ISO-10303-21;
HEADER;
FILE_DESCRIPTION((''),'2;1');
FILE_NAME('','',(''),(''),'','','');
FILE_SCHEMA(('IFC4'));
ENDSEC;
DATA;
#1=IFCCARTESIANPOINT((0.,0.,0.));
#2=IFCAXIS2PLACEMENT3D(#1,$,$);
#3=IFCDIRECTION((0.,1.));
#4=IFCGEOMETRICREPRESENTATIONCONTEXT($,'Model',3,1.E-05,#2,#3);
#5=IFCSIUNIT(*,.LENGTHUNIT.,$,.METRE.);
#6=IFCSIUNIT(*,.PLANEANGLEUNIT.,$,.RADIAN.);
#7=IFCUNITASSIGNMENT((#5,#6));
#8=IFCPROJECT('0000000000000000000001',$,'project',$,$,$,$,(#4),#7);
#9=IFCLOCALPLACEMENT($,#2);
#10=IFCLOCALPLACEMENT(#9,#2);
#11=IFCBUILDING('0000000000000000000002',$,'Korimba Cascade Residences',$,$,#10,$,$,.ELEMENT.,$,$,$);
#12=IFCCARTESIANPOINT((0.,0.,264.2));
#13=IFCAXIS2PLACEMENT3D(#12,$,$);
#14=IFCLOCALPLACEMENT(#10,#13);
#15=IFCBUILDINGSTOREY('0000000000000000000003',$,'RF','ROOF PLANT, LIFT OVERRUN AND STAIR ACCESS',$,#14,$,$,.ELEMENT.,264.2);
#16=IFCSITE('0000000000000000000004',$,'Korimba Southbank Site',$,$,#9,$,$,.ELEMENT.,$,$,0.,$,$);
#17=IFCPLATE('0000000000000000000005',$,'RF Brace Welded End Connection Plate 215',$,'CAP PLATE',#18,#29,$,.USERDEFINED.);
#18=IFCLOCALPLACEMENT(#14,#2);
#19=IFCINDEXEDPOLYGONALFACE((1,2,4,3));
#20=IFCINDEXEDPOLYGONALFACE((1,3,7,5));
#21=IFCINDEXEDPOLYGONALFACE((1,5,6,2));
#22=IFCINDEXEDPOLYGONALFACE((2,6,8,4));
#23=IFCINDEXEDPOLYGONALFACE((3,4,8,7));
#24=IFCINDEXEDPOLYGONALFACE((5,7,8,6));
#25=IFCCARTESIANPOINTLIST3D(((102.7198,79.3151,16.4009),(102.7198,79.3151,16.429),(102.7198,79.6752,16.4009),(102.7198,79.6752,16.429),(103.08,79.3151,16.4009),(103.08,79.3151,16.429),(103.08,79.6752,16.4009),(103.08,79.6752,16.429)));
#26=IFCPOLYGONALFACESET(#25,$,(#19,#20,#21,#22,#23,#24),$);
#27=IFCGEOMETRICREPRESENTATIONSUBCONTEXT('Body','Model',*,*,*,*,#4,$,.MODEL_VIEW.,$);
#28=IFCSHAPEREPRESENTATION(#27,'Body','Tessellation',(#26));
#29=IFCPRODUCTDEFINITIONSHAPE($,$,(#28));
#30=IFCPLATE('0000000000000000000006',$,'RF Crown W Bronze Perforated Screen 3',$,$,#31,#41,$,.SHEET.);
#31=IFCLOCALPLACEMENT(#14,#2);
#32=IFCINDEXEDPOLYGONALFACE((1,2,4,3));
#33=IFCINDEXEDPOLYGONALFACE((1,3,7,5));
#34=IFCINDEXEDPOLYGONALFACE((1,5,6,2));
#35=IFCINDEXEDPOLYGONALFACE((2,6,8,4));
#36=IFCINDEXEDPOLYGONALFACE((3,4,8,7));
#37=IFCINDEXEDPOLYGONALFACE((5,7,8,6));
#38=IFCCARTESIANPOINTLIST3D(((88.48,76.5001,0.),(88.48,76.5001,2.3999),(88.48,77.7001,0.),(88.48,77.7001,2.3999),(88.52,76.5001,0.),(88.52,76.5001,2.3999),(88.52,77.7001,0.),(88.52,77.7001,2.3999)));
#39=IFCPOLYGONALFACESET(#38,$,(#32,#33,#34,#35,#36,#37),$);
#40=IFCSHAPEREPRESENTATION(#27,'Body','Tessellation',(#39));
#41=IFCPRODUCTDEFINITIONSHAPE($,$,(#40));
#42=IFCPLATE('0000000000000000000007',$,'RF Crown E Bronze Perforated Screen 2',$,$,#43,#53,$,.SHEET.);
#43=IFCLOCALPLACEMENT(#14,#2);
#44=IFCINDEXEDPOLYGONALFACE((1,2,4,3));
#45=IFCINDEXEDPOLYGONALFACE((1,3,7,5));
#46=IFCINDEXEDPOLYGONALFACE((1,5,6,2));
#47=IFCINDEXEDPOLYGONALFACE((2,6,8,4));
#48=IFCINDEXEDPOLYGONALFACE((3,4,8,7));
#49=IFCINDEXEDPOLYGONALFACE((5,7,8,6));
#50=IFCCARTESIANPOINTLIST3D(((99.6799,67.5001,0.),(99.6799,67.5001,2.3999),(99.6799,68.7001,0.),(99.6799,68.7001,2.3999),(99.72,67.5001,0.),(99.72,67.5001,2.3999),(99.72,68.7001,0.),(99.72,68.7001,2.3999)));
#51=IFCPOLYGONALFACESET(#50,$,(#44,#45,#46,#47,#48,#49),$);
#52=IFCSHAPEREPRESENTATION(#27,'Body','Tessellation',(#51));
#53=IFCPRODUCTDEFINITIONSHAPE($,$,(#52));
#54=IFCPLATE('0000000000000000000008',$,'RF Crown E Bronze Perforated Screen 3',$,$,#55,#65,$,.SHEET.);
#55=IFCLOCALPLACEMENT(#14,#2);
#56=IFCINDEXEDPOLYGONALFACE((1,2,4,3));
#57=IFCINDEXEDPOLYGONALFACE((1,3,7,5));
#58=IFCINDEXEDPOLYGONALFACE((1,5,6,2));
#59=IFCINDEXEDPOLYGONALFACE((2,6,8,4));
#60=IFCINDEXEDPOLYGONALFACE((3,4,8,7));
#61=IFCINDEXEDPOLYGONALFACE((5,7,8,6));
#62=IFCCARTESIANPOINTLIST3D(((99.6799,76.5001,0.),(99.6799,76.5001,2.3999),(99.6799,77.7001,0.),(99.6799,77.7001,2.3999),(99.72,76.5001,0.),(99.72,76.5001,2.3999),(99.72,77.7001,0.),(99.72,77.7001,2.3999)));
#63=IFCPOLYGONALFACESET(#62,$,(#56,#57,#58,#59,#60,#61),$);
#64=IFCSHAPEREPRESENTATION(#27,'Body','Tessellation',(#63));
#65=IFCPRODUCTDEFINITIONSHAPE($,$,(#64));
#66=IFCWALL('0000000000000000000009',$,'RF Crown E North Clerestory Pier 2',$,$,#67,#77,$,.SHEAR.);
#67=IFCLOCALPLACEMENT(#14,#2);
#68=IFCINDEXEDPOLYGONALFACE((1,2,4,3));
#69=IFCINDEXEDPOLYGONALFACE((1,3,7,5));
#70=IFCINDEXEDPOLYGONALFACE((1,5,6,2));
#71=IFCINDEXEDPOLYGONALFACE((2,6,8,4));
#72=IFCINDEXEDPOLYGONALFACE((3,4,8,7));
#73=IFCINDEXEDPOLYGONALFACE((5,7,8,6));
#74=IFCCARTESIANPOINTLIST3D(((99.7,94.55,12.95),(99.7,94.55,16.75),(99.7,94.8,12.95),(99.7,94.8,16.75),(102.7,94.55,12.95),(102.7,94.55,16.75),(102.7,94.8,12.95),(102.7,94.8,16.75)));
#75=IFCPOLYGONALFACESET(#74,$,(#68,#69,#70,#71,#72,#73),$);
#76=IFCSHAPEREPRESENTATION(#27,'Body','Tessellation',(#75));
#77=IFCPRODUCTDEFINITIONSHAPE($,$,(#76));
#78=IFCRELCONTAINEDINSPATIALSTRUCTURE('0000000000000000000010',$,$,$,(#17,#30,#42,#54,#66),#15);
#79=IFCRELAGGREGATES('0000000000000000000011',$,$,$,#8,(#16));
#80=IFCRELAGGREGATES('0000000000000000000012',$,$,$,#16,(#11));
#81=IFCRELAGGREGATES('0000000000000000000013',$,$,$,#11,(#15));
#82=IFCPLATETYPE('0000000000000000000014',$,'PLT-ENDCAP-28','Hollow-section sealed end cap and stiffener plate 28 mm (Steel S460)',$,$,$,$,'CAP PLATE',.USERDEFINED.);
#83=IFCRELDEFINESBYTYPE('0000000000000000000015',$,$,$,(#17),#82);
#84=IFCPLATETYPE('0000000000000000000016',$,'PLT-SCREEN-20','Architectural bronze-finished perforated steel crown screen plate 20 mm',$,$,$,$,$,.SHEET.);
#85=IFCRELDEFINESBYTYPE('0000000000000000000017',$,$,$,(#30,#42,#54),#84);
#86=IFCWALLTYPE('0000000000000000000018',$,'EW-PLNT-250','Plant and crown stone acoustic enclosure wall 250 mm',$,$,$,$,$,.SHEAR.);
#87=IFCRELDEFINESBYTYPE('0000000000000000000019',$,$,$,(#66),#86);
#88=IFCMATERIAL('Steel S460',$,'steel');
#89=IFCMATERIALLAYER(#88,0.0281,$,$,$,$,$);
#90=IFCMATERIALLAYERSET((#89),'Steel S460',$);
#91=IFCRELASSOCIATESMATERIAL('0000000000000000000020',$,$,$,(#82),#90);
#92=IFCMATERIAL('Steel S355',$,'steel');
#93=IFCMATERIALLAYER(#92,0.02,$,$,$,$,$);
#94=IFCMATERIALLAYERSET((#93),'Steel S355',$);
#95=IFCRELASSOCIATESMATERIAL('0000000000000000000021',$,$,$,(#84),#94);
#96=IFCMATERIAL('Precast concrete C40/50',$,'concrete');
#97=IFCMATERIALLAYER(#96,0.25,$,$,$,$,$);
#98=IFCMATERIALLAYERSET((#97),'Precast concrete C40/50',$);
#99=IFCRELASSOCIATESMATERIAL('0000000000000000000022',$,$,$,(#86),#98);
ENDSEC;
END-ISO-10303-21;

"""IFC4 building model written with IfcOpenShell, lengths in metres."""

from ifc_helpers import new_model, si_unit, direction, frame, frame_2d, origin, origin_2d, place, context, subcontext, project, spatial, rectangle, extrude, material, layer, layer_set, type_object, element, save


model = new_model("IFC4")

# Units and contexts
model_context = context("Model", 3, precision=1e-05, world=origin(), true_north=direction((0.0, 1.0)))
body_context = subcontext(model_context, "Body", "Model", "MODEL_VIEW")
ifc_project = project(units=[si_unit("LENGTHUNIT", "METRE"), si_unit("PLANEANGLEUNIT", "RADIAN")], contexts=[model_context])

# Site, building, storey
site_placement = place(None, origin())
site = spatial("IfcSite", under=ifc_project, at=site_placement, Name="Korimba Southbank Site", CompositionType="ELEMENT", RefElevation=0.0)
building_placement = place(site_placement, origin())
building = spatial("IfcBuilding", under=site, at=building_placement, Name="Korimba Cascade Residences", CompositionType="ELEMENT")
storey_placement = place(building_placement, frame((0.0, 0.0, 264.2)))
storey = spatial("IfcBuildingStorey", under=building, at=storey_placement, Name="RF", Description="ROOF PLANT, LIFT OVERRUN AND STAIR ACCESS", CompositionType="ELEMENT", Elevation=264.2)

# Shared definitions
ifc_material_1 = material(Name="Steel S355", Category="steel")

# Plates
ifc_material_2 = material(Name="Steel S460", Category="steel")
ifc_layer_1 = layer(ifc_material_2, 0.0281)
ifc_layer_set_1 = layer_set([ifc_layer_1], Name="Steel S460")
plate_type_1 = type_object("IfcPlateType", Name="PLT-ENDCAP-28", Description="Hollow-section sealed end cap and stiffener plate 28 mm (Steel S460)", ElementType="CAP PLATE", PredefinedType="USERDEFINED", material=ifc_layer_set_1)
for number, where, z_axis, x_axis, name in (
    (1, (102.8999, 79.4951, 16.4009), (0.0, 0.0, 1.0), (1.0, 0.0, 0.0), "RF Brace Welded End Connection Plate 215"),
):
    element("IfcPlate", number, at=place(storey_placement, frame(where, z_axis=z_axis, x_axis=x_axis)), inside=storey, type_object=plate_type_1, Name=name, ObjectType="CAP PLATE", PredefinedType="USERDEFINED", context=body_context, shape_type="SweptSolid", body=[
        extrude(rectangle(XDim=0.3601, YDim=0.3601, at=origin_2d()), origin(), (0.0, 0.0, 1.0), 0.0281),
    ])
ifc_layer_2 = layer(ifc_material_1, 0.02)
ifc_layer_set_2 = layer_set([ifc_layer_2], Name="Steel S355")
plate_type_2 = type_object("IfcPlateType", Name="PLT-SCREEN-20", Description="Architectural bronze-finished perforated steel crown screen plate 20 mm", PredefinedType="SHEET", material=ifc_layer_set_2)
for number, where, z_axis, x_axis, name in (
    (2, (88.5, 77.1001, 0.0), (0.0, 0.0, 1.0), (1.0, 0.0, 0.0), "RF Crown W Bronze Perforated Screen 3"),
    (3, (99.7, 68.1001, 0.0), (0.0, 0.0, 1.0), (1.0, 0.0, 0.0), "RF Crown E Bronze Perforated Screen 2"),
    (4, (99.7, 77.1001, 0.0), (0.0, 0.0, 1.0), (1.0, 0.0, 0.0), "RF Crown E Bronze Perforated Screen 3"),
):
    element("IfcPlate", number, at=place(storey_placement, frame(where, z_axis=z_axis, x_axis=x_axis)), inside=storey, type_object=plate_type_2, Name=name, PredefinedType="SHEET", context=body_context, shape_type="SweptSolid", body=[
        extrude(rectangle(XDim=0.04, YDim=1.2, at=origin_2d()), origin(), (0.0, 0.0, 1.0), 2.3999),
    ])

# Wall
ifc_material_3 = material(Name="Precast concrete C40/50", Category="concrete")
ifc_layer_3 = layer(ifc_material_3, 0.25)
ifc_layer_set_3 = layer_set([ifc_layer_3], Name="Precast concrete C40/50")
wall_type = type_object("IfcWallType", Name="EW-PLNT-250", Description="Plant and crown stone acoustic enclosure wall 250 mm", PredefinedType="SHEAR", material=ifc_layer_set_3)
wall_placement = place(storey_placement, frame((102.7, 94.675, 12.95), z_axis=(0.0, 0.0, 1.0), x_axis=(-1.0, 0.0, 0.0)))
element("IfcWall", 5, at=wall_placement, inside=storey, type_object=wall_type, Name="RF Crown E North Clerestory Pier 2", PredefinedType="SHEAR", context=body_context, shape_type="SweptSolid", body=[
    extrude(rectangle(XDim=3.0, YDim=0.25, at=frame_2d((1.5, 0.0))), origin(), (0.0, 0.0, 1.0), 3.8),
])

save(model, "model.ifc")
